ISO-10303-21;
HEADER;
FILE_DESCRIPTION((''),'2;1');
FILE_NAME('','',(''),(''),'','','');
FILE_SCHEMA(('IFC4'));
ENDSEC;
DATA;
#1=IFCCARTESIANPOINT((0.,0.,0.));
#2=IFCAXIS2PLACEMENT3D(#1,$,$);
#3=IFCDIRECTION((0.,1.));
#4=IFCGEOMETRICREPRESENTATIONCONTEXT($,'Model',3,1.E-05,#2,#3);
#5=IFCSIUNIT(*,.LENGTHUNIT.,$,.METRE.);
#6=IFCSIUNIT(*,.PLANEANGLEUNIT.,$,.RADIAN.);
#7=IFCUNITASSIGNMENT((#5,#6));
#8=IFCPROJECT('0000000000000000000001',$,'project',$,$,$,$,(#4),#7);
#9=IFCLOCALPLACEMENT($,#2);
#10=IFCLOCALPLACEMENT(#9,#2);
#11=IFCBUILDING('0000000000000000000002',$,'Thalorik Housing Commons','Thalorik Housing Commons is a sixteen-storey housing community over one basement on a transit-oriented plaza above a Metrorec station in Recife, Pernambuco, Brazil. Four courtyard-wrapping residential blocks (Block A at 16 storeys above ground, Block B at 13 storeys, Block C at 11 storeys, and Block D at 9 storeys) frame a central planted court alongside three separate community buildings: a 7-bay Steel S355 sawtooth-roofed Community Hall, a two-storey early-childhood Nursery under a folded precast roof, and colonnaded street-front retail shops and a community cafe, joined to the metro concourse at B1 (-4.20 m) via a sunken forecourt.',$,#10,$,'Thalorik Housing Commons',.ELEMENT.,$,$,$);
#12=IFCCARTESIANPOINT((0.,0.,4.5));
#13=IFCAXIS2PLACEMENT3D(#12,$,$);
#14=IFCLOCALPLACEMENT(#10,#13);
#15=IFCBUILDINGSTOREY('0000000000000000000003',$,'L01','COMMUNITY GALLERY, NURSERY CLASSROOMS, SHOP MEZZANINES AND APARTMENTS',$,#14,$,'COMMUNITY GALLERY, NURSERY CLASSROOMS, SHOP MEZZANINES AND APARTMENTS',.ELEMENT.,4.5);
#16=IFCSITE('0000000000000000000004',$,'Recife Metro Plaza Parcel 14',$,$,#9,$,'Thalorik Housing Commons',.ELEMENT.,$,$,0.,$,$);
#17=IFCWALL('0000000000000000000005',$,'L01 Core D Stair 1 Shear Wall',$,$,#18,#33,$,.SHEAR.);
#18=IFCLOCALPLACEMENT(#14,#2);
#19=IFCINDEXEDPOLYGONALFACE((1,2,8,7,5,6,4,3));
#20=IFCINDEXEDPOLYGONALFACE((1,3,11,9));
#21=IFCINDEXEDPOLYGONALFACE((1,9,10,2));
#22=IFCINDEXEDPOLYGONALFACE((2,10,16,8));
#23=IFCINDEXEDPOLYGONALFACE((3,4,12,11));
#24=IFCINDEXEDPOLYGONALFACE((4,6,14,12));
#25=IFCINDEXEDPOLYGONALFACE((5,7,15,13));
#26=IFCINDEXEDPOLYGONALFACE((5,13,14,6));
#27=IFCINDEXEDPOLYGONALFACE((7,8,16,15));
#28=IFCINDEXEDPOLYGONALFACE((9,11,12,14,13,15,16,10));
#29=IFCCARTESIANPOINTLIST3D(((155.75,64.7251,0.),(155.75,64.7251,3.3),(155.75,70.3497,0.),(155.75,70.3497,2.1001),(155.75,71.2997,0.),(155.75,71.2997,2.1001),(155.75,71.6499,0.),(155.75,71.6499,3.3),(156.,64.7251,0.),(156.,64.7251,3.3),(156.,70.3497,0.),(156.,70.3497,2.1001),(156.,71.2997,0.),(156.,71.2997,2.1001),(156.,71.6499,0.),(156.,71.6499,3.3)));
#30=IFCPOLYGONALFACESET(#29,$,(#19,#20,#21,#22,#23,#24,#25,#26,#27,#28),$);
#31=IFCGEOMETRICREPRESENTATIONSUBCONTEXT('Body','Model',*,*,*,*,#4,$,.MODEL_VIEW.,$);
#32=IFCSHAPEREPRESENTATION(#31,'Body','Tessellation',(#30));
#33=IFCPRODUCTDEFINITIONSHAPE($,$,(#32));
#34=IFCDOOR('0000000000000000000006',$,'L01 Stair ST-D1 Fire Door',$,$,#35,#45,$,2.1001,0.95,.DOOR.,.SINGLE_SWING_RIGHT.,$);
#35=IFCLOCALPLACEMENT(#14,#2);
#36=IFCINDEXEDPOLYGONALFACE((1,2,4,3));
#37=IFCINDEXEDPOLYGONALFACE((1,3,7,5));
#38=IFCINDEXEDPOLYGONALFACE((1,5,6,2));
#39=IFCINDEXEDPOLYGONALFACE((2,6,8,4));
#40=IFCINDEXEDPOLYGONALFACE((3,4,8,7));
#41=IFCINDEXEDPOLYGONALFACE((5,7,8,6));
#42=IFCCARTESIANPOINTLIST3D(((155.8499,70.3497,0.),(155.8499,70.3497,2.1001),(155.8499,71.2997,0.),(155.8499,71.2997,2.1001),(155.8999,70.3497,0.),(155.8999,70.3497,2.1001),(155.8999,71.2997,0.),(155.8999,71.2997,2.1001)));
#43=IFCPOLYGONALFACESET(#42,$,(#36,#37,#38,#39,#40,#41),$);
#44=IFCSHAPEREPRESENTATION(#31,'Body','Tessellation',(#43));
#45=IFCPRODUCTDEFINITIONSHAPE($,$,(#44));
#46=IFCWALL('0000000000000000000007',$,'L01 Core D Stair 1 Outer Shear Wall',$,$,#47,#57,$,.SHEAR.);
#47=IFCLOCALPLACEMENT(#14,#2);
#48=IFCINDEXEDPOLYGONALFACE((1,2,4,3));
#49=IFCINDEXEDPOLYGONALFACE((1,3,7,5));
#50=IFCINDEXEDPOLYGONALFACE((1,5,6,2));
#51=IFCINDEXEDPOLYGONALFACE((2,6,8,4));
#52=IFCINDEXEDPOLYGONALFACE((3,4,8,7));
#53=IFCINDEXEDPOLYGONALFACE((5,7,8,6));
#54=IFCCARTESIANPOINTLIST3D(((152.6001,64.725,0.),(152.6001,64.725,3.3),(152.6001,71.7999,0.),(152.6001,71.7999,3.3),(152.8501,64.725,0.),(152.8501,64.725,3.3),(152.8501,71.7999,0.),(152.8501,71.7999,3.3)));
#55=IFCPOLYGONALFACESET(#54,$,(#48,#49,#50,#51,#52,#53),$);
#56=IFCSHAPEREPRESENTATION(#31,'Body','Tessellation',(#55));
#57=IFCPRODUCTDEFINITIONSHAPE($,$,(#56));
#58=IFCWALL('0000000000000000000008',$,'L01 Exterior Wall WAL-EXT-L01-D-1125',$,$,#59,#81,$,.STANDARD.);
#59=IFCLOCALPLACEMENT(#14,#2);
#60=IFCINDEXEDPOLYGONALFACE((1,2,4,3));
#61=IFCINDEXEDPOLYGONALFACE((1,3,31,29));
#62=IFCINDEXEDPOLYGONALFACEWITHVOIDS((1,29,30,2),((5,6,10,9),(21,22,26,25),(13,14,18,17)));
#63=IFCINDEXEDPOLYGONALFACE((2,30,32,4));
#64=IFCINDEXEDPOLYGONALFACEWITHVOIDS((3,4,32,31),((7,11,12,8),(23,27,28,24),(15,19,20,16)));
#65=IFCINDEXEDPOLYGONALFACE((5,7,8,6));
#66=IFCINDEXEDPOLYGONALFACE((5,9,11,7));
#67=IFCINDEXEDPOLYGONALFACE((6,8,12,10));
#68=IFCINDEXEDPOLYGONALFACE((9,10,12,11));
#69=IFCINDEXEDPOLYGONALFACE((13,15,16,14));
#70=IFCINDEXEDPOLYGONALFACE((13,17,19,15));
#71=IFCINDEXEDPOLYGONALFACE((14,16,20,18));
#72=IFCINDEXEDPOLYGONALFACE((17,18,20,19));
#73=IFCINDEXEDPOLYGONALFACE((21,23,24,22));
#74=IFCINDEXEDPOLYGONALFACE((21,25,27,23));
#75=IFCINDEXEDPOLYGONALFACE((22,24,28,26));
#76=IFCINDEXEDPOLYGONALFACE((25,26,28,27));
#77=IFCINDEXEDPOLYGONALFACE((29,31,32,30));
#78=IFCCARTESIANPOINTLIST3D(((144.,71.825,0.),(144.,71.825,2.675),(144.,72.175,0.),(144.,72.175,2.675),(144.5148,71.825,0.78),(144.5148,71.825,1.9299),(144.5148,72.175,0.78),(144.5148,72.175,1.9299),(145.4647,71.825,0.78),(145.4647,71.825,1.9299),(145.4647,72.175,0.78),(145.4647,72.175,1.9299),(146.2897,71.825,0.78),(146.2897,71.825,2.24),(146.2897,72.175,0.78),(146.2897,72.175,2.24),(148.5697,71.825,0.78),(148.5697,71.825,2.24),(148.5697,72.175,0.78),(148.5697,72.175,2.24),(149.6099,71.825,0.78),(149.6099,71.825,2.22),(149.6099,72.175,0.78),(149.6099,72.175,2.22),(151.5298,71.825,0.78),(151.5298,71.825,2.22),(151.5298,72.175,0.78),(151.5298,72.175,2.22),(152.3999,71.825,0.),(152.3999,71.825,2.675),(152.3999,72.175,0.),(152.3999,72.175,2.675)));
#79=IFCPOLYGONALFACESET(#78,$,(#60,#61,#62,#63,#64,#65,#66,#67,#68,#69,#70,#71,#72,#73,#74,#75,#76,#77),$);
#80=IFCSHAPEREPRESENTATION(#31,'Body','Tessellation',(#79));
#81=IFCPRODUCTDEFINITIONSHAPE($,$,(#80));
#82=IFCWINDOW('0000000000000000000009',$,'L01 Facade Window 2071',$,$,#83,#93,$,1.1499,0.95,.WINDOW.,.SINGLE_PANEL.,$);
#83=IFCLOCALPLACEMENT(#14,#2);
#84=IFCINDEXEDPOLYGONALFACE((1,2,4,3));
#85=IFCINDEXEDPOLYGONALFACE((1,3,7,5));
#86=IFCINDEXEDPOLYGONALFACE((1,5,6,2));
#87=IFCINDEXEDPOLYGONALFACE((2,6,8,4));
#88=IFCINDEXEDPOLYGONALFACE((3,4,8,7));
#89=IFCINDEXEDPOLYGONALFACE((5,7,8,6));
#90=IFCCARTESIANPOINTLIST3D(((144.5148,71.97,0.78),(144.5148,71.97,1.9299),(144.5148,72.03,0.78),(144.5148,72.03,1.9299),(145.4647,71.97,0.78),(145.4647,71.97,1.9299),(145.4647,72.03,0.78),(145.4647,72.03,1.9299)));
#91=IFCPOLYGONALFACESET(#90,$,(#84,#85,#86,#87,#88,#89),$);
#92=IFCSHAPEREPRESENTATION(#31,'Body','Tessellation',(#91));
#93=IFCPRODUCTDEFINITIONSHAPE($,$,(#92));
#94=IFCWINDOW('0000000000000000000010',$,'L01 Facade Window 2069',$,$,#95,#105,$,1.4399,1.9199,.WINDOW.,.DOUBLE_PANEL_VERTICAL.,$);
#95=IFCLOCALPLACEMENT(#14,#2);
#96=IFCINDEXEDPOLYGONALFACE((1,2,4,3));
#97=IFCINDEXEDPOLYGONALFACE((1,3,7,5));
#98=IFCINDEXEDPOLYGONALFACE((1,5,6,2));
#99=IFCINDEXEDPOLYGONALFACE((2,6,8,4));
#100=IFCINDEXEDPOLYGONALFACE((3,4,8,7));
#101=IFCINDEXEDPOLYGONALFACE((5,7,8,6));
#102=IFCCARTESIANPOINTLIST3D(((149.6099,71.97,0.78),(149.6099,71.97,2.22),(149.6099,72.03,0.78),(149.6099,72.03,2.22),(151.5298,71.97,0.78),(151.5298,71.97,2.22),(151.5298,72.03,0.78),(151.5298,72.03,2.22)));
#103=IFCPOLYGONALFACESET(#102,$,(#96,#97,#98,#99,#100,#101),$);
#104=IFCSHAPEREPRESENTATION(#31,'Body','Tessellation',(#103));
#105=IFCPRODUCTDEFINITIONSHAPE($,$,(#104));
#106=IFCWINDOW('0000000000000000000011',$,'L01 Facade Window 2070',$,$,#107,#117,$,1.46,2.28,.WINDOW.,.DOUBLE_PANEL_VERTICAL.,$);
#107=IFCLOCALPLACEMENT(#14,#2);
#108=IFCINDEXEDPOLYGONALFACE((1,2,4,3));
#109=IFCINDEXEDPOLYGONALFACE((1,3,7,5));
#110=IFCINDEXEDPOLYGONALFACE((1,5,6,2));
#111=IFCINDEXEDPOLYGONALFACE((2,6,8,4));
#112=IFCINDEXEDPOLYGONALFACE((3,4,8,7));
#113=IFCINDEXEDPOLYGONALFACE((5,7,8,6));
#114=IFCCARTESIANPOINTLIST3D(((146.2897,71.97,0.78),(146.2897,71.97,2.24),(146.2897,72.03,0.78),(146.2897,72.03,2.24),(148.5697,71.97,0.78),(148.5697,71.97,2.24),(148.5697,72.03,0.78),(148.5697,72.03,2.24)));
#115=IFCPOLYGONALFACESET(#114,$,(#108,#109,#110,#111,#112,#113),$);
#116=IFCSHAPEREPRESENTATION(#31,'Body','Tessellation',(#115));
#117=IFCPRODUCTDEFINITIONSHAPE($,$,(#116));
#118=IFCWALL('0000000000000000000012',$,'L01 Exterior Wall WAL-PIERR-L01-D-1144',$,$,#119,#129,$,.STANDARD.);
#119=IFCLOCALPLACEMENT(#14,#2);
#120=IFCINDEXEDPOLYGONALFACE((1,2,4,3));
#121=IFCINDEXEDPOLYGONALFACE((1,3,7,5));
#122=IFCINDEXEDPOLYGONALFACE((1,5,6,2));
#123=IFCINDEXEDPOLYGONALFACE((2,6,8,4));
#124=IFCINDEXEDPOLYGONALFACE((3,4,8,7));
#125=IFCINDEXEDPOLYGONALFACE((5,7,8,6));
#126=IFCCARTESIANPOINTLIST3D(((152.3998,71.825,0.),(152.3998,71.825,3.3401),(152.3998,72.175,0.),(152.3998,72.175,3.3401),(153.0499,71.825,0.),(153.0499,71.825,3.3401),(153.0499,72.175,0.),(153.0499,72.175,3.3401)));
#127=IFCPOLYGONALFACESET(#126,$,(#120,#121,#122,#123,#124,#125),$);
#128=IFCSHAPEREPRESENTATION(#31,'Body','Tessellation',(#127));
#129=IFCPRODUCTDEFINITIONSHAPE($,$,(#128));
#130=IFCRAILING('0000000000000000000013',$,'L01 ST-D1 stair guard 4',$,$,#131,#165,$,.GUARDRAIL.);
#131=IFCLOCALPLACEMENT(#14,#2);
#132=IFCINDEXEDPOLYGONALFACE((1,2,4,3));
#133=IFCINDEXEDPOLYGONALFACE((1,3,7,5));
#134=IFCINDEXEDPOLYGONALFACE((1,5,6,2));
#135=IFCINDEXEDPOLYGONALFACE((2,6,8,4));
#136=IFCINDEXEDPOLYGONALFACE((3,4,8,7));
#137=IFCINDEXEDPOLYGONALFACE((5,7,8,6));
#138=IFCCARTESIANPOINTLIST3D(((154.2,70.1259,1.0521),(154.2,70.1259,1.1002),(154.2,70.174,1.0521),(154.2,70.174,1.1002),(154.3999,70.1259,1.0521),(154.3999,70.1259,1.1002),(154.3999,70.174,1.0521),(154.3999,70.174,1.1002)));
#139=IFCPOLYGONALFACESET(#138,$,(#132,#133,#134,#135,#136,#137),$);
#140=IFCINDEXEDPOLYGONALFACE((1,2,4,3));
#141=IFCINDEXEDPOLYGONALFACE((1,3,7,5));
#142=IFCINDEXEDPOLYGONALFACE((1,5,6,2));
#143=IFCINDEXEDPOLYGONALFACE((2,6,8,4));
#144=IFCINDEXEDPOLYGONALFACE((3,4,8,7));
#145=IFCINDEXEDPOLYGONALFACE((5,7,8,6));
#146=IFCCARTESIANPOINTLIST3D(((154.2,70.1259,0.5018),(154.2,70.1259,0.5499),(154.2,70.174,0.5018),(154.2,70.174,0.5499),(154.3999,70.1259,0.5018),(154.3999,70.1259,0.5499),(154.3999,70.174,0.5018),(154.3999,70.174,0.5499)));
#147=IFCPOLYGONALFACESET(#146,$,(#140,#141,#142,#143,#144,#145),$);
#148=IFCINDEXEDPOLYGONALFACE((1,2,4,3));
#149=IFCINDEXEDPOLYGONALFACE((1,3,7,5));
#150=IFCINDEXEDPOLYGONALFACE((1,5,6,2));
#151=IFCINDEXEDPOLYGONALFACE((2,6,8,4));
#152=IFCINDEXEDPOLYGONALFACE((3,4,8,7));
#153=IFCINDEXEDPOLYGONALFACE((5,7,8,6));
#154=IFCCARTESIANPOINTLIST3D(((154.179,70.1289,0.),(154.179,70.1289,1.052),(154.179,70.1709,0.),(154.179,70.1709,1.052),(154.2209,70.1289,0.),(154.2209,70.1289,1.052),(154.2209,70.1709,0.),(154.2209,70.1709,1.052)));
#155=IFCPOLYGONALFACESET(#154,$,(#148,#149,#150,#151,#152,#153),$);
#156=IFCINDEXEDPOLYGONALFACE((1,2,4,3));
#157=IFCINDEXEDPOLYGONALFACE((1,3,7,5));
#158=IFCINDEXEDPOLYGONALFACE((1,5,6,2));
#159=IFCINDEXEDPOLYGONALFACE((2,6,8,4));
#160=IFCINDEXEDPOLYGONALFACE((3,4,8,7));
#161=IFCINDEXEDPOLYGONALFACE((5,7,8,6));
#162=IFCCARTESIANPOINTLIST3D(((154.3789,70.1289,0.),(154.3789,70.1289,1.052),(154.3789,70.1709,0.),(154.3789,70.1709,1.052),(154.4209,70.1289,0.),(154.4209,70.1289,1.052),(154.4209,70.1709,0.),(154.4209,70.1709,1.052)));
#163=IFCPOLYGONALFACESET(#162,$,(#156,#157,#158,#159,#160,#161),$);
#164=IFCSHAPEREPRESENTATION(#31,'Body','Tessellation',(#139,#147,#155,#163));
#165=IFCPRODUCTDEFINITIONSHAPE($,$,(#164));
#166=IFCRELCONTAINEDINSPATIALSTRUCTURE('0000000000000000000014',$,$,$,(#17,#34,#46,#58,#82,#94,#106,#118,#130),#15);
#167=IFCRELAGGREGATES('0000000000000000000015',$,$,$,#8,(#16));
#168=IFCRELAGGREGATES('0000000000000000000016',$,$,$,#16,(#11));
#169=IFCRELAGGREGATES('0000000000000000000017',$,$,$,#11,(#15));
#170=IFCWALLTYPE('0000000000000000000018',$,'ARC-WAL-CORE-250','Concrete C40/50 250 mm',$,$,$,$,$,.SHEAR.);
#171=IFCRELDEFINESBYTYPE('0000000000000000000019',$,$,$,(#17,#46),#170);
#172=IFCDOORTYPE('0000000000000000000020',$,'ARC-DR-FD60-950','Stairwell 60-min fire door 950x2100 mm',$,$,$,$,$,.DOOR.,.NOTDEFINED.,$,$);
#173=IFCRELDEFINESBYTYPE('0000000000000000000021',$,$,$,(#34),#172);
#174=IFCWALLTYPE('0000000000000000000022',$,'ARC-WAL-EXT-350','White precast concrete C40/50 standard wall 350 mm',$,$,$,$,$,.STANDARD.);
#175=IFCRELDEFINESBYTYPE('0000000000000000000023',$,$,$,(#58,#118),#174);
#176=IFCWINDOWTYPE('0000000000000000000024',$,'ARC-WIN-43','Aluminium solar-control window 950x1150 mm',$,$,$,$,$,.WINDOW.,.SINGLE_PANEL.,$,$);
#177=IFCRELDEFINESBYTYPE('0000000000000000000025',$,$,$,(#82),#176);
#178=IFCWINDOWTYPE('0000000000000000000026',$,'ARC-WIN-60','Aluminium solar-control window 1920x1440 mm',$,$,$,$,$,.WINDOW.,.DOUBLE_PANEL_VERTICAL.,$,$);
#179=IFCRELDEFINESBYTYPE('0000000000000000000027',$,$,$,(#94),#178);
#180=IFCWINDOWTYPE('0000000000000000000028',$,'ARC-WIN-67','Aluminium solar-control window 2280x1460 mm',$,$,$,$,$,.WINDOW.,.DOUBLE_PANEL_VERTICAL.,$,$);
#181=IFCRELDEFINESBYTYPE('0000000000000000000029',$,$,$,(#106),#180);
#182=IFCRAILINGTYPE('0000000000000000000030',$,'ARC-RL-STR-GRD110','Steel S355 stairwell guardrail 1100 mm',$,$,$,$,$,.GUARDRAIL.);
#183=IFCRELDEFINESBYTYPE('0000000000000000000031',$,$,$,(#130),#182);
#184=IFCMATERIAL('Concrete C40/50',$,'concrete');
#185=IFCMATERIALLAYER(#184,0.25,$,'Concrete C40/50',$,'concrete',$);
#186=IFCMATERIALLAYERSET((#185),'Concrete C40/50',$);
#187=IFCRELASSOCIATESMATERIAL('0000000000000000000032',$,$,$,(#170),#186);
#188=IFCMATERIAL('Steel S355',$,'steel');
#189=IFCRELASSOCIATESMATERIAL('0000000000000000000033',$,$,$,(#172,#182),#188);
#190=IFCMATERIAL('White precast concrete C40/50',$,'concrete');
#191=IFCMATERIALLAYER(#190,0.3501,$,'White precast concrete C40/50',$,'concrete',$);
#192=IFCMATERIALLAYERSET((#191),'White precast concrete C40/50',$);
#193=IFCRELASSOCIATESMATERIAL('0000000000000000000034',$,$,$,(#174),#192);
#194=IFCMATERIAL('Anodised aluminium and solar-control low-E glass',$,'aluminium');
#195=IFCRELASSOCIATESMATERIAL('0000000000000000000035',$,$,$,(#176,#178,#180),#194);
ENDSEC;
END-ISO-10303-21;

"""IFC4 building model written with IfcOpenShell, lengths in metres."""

from ifc_helpers import new_model, si_unit, direction, frame, frame_2d, origin, origin_2d, place, context, subcontext, project, spatial, rectangle, extrude, material, layer, layer_set, type_object, element, fill, save


model = new_model("IFC4")

# Units and contexts
model_context = context("Model", 3, precision=1e-05, world=origin(), true_north=direction((0.0, 1.0)))
body_context = subcontext(model_context, "Body", "Model", "MODEL_VIEW")
ifc_project = project(units=[si_unit("LENGTHUNIT", "METRE"), si_unit("PLANEANGLEUNIT", "RADIAN")], contexts=[model_context])

# Site, building, storey
site_placement = place(None, origin())
site = spatial("IfcSite", under=ifc_project, at=site_placement, Name="Recife Metro Plaza Parcel 14", LongName="Thalorik Housing Commons", CompositionType="ELEMENT", RefElevation=0.0)
building_placement = place(site_placement, origin())
building = spatial("IfcBuilding", under=site, at=building_placement, Name="Thalorik Housing Commons", Description="Thalorik Housing Commons is a sixteen-storey housing community over one basement on a transit-oriented plaza above a Metrorec station in Recife, Pernambuco, Brazil. Four courtyard-wrapping residential blocks (Block A at 16 storeys above ground, Block B at 13 storeys, Block C at 11 storeys, and Block D at 9 storeys) frame a central planted court alongside three separate community buildings: a 7-bay Steel S355 sawtooth-roofed Community Hall, a two-storey early-childhood Nursery under a folded precast roof, and colonnaded street-front retail shops and a community cafe, joined to the metro concourse at B1 (-4.20 m) via a sunken forecourt.", LongName="Thalorik Housing Commons", CompositionType="ELEMENT")
storey_placement = place(building_placement, frame((0.0, 0.0, 4.5)))
storey = spatial("IfcBuildingStorey", under=building, at=storey_placement, Name="L01", Description="COMMUNITY GALLERY, NURSERY CLASSROOMS, SHOP MEZZANINES AND APARTMENTS", LongName="COMMUNITY GALLERY, NURSERY CLASSROOMS, SHOP MEZZANINES AND APARTMENTS", CompositionType="ELEMENT", Elevation=4.5)

# Shared definitions
ifc_material_1 = material(Name="Anodised aluminium and solar-control low-E glass", Category="aluminium")

# Wall, opening, door
ifc_material_2 = material(Name="Concrete C40/50", Category="concrete")
ifc_layer_1 = layer(ifc_material_2, 0.25, Name="Concrete C40/50", Category="concrete")
ifc_layer_set_1 = layer_set([ifc_layer_1], Name="Concrete C40/50")
wall_type_1 = type_object("IfcWallType", Name="ARC-WAL-CORE-250", Description="Concrete C40/50 250 mm", PredefinedType="SHEAR", material=ifc_layer_set_1)
wall_1_placement = place(storey_placement, frame((155.875, 71.6499, 0.0), z_axis=(0.0, 0.0, 1.0), x_axis=(0.0, -1.0, 0.0)))
wall_1 = element("IfcWall", 1, at=wall_1_placement, inside=storey, type_object=wall_type_1, Name="L01 Core D Stair 1 Shear Wall", PredefinedType="SHEAR", context=body_context, shape_type="SweptSolid", body=[
    extrude(rectangle(XDim=6.9248, YDim=0.25, at=frame_2d((3.4624, 0.0))), origin(), (0.0, 0.0, 1.0), 3.3),
])
opening_1_placement = place(wall_1_placement, frame((0.3501, 0.0, 0.0)))
opening_1 = element("IfcOpeningElement", 2, at=opening_1_placement, cuts=wall_1, PredefinedType="OPENING", context=body_context, shape_type="SweptSolid", body=[
    extrude(rectangle(XDim=0.95, YDim=2.1001, at=frame_2d((0.4751, 1.05))), frame((0.0, 0.135, 0.0), z_axis=(0.0, -1.0, 0.0), x_axis=(1.0, 0.0, 0.0)), (0.0, 0.0, 1.0), 0.27),
])
ifc_material_3 = material(Name="Steel S355", Category="steel")
door_type = type_object("IfcDoorType", Name="ARC-DR-FD60-950", Description="Stairwell 60-min fire door 950x2100 mm", OperationType="NOTDEFINED", PredefinedType="DOOR", material=ifc_material_3)
door_placement = place(opening_1_placement, origin())
door = element("IfcDoor", 3, at=door_placement, inside=storey, type_object=door_type, Name="L01 Stair ST-D1 Fire Door", OperationType="SINGLE_SWING_RIGHT", OverallHeight=2.1001, OverallWidth=0.95, PredefinedType="DOOR", context=body_context, shape_type="SweptSolid", body=[
    extrude(rectangle(XDim=0.95, YDim=2.1001, at=frame_2d((0.4751, 1.05))), frame((0.0, 0.0249, 0.0), z_axis=(0.0, -1.0, 0.0), x_axis=(1.0, 0.0, 0.0)), (0.0, 0.0, 1.0), 0.05),
])
fill(opening_1, door)

# Wall
wall_2_placement = place(storey_placement, frame((152.7251, 71.8, 0.0), z_axis=(0.0, 0.0, 1.0), x_axis=(0.0, -1.0, 0.0)))
element("IfcWall", 4, at=wall_2_placement, inside=storey, type_object=wall_type_1, Name="L01 Core D Stair 1 Outer Shear Wall", PredefinedType="SHEAR", context=body_context, shape_type="SweptSolid", body=[
    extrude(rectangle(XDim=7.075, YDim=0.25, at=frame_2d((3.5376, 0.0))), origin(), (0.0, 0.0, 1.0), 3.3),
])

# Wall, openings, windows
ifc_material_4 = material(Name="White precast concrete C40/50", Category="concrete")
ifc_layer_2 = layer(ifc_material_4, 0.3501, Name="White precast concrete C40/50", Category="concrete")
ifc_layer_set_2 = layer_set([ifc_layer_2], Name="White precast concrete C40/50")
wall_type_2 = type_object("IfcWallType", Name="ARC-WAL-EXT-350", Description="White precast concrete C40/50 standard wall 350 mm", PredefinedType="STANDARD", material=ifc_layer_set_2)
wall_3_placement = place(storey_placement, frame((152.3999, 72.0, 0.0), z_axis=(0.0, 0.0, 1.0), x_axis=(-1.0, 0.0, 0.0)))
wall_3 = element("IfcWall", 5, at=wall_3_placement, inside=storey, type_object=wall_type_2, Name="L01 Exterior Wall WAL-EXT-L01-D-1125", PredefinedType="STANDARD", context=body_context, shape_type="SweptSolid", body=[
    extrude(rectangle(XDim=8.3999, YDim=0.3501, at=frame_2d((4.2, 0.0))), origin(), (0.0, 0.0, 1.0), 2.675),
])
opening_2_placement = place(wall_3_placement, frame((0.8701, 0.0, 0.78)))
opening_2 = element("IfcOpeningElement", 6, at=opening_2_placement, cuts=wall_3, PredefinedType="OPENING", context=body_context, shape_type="SweptSolid", body=[
    extrude(rectangle(XDim=1.9199, YDim=1.4399, at=frame_2d((0.96, 0.72))), frame((0.0, 0.1851, 0.0), z_axis=(0.0, -1.0, 0.0), x_axis=(1.0, 0.0, 0.0)), (0.0, 0.0, 1.0), 0.3701),
])
opening_3_placement = place(wall_3_placement, frame((3.8301, 0.0, 0.78)))
opening_3 = element("IfcOpeningElement", 7, at=opening_3_placement, cuts=wall_3, PredefinedType="OPENING", context=body_context, shape_type="SweptSolid", body=[
    extrude(rectangle(XDim=2.28, YDim=1.46, at=frame_2d((1.1401, 0.73))), frame((0.0, 0.1851, 0.0), z_axis=(0.0, -1.0, 0.0), x_axis=(1.0, 0.0, 0.0)), (0.0, 0.0, 1.0), 0.3701),
])
opening_4_placement = place(wall_3_placement, frame((6.9351, 0.0, 0.78)))
opening_4 = element("IfcOpeningElement", 8, at=opening_4_placement, cuts=wall_3, PredefinedType="OPENING", context=body_context, shape_type="SweptSolid", body=[
    extrude(rectangle(XDim=0.95, YDim=1.1499, at=frame_2d((0.4751, 0.575))), frame((0.0, 0.1851, 0.0), z_axis=(0.0, -1.0, 0.0), x_axis=(1.0, 0.0, 0.0)), (0.0, 0.0, 1.0), 0.3701),
])
window_type_1 = type_object("IfcWindowType", Name="ARC-WIN-43", Description="Aluminium solar-control window 950x1150 mm", PartitioningType="SINGLE_PANEL", PredefinedType="WINDOW", material=ifc_material_1)
window_1_placement = place(opening_4_placement, origin())
window_1 = element("IfcWindow", 9, at=window_1_placement, inside=storey, type_object=window_type_1, Name="L01 Facade Window 2071", OverallHeight=1.1499, OverallWidth=0.95, PartitioningType="SINGLE_PANEL", PredefinedType="WINDOW", context=body_context, shape_type="SweptSolid", body=[
    extrude(rectangle(XDim=0.95, YDim=1.1499, at=frame_2d((0.4751, 0.575))), frame((0.0, 0.03, 0.0), z_axis=(0.0, -1.0, 0.0), x_axis=(1.0, 0.0, 0.0)), (0.0, 0.0, 1.0), 0.0601),
])
fill(opening_4, window_1)
window_type_2 = type_object("IfcWindowType", Name="ARC-WIN-60", Description="Aluminium solar-control window 1920x1440 mm", PartitioningType="DOUBLE_PANEL_VERTICAL", PredefinedType="WINDOW", material=ifc_material_1)
window_2_placement = place(opening_2_placement, origin())
window_2 = element("IfcWindow", 10, at=window_2_placement, inside=storey, type_object=window_type_2, Name="L01 Facade Window 2069", OverallHeight=1.4399, OverallWidth=1.9199, PartitioningType="DOUBLE_PANEL_VERTICAL", PredefinedType="WINDOW", context=body_context, shape_type="SweptSolid", body=[
    extrude(rectangle(XDim=1.9199, YDim=1.4399, at=frame_2d((0.96, 0.72))), frame((0.0, 0.03, 0.0), z_axis=(0.0, -1.0, 0.0), x_axis=(1.0, 0.0, 0.0)), (0.0, 0.0, 1.0), 0.0601),
])
fill(opening_2, window_2)
window_type_3 = type_object("IfcWindowType", Name="ARC-WIN-67", Description="Aluminium solar-control window 2280x1460 mm", PartitioningType="DOUBLE_PANEL_VERTICAL", PredefinedType="WINDOW", material=ifc_material_1)
window_3_placement = place(opening_3_placement, origin())
window_3 = element("IfcWindow", 11, at=window_3_placement, inside=storey, type_object=window_type_3, Name="L01 Facade Window 2070", OverallHeight=1.46, OverallWidth=2.28, PartitioningType="DOUBLE_PANEL_VERTICAL", PredefinedType="WINDOW", context=body_context, shape_type="SweptSolid", body=[
    extrude(rectangle(XDim=2.28, YDim=1.46, at=frame_2d((1.1401, 0.73))), frame((0.0, 0.03, 0.0), z_axis=(0.0, -1.0, 0.0), x_axis=(1.0, 0.0, 0.0)), (0.0, 0.0, 1.0), 0.0601),
])
fill(opening_3, window_3)

# Wall
wall_4_placement = place(storey_placement, frame((153.05, 72.0, 0.0), z_axis=(0.0, 0.0, 1.0), x_axis=(-1.0, 0.0, 0.0)))
element("IfcWall", 12, at=wall_4_placement, inside=storey, type_object=wall_type_2, Name="L01 Exterior Wall WAL-PIERR-L01-D-1144", PredefinedType="STANDARD", context=body_context, shape_type="SweptSolid", body=[
    extrude(rectangle(XDim=0.6501, YDim=0.3501, at=frame_2d((0.3252, 0.0))), origin(), (0.0, 0.0, 1.0), 3.3401),
])

# Railing
railing_type = type_object("IfcRailingType", Name="ARC-RL-STR-GRD110", Description="Steel S355 stairwell guardrail 1100 mm", PredefinedType="GUARDRAIL", material=ifc_material_3)
railing_placement = place(storey_placement, frame((154.2, 70.1499, 0.0)))
element("IfcRailing", 13, at=railing_placement, inside=storey, type_object=railing_type, Name="L01 ST-D1 stair guard 4", PredefinedType="GUARDRAIL", context=body_context, shape_type="SweptSolid", body=[
    extrude(rectangle(XDim=0.0481, YDim=0.0481, at=origin_2d()), frame((0.0, 0.0, 1.0762), z_axis=(1.0, 0.0, 0.0), x_axis=(0.0, 1.0, 0.0)), (0.0, 0.0, 1.0), 0.2),
    extrude(rectangle(XDim=0.0481, YDim=0.0481, at=origin_2d()), frame((0.0, 0.0, 0.5259), z_axis=(1.0, 0.0, 0.0), x_axis=(0.0, 1.0, 0.0)), (0.0, 0.0, 1.0), 0.2),
    extrude(rectangle(XDim=0.042, YDim=0.042, at=origin_2d()), origin(), (0.0, 0.0, 1.0), 1.052),
    extrude(rectangle(XDim=0.042, YDim=0.042, at=origin_2d()), frame((0.2, 0.0, 0.0)), (0.0, 0.0, 1.0), 1.052),
])

save(model, "model.ifc")
